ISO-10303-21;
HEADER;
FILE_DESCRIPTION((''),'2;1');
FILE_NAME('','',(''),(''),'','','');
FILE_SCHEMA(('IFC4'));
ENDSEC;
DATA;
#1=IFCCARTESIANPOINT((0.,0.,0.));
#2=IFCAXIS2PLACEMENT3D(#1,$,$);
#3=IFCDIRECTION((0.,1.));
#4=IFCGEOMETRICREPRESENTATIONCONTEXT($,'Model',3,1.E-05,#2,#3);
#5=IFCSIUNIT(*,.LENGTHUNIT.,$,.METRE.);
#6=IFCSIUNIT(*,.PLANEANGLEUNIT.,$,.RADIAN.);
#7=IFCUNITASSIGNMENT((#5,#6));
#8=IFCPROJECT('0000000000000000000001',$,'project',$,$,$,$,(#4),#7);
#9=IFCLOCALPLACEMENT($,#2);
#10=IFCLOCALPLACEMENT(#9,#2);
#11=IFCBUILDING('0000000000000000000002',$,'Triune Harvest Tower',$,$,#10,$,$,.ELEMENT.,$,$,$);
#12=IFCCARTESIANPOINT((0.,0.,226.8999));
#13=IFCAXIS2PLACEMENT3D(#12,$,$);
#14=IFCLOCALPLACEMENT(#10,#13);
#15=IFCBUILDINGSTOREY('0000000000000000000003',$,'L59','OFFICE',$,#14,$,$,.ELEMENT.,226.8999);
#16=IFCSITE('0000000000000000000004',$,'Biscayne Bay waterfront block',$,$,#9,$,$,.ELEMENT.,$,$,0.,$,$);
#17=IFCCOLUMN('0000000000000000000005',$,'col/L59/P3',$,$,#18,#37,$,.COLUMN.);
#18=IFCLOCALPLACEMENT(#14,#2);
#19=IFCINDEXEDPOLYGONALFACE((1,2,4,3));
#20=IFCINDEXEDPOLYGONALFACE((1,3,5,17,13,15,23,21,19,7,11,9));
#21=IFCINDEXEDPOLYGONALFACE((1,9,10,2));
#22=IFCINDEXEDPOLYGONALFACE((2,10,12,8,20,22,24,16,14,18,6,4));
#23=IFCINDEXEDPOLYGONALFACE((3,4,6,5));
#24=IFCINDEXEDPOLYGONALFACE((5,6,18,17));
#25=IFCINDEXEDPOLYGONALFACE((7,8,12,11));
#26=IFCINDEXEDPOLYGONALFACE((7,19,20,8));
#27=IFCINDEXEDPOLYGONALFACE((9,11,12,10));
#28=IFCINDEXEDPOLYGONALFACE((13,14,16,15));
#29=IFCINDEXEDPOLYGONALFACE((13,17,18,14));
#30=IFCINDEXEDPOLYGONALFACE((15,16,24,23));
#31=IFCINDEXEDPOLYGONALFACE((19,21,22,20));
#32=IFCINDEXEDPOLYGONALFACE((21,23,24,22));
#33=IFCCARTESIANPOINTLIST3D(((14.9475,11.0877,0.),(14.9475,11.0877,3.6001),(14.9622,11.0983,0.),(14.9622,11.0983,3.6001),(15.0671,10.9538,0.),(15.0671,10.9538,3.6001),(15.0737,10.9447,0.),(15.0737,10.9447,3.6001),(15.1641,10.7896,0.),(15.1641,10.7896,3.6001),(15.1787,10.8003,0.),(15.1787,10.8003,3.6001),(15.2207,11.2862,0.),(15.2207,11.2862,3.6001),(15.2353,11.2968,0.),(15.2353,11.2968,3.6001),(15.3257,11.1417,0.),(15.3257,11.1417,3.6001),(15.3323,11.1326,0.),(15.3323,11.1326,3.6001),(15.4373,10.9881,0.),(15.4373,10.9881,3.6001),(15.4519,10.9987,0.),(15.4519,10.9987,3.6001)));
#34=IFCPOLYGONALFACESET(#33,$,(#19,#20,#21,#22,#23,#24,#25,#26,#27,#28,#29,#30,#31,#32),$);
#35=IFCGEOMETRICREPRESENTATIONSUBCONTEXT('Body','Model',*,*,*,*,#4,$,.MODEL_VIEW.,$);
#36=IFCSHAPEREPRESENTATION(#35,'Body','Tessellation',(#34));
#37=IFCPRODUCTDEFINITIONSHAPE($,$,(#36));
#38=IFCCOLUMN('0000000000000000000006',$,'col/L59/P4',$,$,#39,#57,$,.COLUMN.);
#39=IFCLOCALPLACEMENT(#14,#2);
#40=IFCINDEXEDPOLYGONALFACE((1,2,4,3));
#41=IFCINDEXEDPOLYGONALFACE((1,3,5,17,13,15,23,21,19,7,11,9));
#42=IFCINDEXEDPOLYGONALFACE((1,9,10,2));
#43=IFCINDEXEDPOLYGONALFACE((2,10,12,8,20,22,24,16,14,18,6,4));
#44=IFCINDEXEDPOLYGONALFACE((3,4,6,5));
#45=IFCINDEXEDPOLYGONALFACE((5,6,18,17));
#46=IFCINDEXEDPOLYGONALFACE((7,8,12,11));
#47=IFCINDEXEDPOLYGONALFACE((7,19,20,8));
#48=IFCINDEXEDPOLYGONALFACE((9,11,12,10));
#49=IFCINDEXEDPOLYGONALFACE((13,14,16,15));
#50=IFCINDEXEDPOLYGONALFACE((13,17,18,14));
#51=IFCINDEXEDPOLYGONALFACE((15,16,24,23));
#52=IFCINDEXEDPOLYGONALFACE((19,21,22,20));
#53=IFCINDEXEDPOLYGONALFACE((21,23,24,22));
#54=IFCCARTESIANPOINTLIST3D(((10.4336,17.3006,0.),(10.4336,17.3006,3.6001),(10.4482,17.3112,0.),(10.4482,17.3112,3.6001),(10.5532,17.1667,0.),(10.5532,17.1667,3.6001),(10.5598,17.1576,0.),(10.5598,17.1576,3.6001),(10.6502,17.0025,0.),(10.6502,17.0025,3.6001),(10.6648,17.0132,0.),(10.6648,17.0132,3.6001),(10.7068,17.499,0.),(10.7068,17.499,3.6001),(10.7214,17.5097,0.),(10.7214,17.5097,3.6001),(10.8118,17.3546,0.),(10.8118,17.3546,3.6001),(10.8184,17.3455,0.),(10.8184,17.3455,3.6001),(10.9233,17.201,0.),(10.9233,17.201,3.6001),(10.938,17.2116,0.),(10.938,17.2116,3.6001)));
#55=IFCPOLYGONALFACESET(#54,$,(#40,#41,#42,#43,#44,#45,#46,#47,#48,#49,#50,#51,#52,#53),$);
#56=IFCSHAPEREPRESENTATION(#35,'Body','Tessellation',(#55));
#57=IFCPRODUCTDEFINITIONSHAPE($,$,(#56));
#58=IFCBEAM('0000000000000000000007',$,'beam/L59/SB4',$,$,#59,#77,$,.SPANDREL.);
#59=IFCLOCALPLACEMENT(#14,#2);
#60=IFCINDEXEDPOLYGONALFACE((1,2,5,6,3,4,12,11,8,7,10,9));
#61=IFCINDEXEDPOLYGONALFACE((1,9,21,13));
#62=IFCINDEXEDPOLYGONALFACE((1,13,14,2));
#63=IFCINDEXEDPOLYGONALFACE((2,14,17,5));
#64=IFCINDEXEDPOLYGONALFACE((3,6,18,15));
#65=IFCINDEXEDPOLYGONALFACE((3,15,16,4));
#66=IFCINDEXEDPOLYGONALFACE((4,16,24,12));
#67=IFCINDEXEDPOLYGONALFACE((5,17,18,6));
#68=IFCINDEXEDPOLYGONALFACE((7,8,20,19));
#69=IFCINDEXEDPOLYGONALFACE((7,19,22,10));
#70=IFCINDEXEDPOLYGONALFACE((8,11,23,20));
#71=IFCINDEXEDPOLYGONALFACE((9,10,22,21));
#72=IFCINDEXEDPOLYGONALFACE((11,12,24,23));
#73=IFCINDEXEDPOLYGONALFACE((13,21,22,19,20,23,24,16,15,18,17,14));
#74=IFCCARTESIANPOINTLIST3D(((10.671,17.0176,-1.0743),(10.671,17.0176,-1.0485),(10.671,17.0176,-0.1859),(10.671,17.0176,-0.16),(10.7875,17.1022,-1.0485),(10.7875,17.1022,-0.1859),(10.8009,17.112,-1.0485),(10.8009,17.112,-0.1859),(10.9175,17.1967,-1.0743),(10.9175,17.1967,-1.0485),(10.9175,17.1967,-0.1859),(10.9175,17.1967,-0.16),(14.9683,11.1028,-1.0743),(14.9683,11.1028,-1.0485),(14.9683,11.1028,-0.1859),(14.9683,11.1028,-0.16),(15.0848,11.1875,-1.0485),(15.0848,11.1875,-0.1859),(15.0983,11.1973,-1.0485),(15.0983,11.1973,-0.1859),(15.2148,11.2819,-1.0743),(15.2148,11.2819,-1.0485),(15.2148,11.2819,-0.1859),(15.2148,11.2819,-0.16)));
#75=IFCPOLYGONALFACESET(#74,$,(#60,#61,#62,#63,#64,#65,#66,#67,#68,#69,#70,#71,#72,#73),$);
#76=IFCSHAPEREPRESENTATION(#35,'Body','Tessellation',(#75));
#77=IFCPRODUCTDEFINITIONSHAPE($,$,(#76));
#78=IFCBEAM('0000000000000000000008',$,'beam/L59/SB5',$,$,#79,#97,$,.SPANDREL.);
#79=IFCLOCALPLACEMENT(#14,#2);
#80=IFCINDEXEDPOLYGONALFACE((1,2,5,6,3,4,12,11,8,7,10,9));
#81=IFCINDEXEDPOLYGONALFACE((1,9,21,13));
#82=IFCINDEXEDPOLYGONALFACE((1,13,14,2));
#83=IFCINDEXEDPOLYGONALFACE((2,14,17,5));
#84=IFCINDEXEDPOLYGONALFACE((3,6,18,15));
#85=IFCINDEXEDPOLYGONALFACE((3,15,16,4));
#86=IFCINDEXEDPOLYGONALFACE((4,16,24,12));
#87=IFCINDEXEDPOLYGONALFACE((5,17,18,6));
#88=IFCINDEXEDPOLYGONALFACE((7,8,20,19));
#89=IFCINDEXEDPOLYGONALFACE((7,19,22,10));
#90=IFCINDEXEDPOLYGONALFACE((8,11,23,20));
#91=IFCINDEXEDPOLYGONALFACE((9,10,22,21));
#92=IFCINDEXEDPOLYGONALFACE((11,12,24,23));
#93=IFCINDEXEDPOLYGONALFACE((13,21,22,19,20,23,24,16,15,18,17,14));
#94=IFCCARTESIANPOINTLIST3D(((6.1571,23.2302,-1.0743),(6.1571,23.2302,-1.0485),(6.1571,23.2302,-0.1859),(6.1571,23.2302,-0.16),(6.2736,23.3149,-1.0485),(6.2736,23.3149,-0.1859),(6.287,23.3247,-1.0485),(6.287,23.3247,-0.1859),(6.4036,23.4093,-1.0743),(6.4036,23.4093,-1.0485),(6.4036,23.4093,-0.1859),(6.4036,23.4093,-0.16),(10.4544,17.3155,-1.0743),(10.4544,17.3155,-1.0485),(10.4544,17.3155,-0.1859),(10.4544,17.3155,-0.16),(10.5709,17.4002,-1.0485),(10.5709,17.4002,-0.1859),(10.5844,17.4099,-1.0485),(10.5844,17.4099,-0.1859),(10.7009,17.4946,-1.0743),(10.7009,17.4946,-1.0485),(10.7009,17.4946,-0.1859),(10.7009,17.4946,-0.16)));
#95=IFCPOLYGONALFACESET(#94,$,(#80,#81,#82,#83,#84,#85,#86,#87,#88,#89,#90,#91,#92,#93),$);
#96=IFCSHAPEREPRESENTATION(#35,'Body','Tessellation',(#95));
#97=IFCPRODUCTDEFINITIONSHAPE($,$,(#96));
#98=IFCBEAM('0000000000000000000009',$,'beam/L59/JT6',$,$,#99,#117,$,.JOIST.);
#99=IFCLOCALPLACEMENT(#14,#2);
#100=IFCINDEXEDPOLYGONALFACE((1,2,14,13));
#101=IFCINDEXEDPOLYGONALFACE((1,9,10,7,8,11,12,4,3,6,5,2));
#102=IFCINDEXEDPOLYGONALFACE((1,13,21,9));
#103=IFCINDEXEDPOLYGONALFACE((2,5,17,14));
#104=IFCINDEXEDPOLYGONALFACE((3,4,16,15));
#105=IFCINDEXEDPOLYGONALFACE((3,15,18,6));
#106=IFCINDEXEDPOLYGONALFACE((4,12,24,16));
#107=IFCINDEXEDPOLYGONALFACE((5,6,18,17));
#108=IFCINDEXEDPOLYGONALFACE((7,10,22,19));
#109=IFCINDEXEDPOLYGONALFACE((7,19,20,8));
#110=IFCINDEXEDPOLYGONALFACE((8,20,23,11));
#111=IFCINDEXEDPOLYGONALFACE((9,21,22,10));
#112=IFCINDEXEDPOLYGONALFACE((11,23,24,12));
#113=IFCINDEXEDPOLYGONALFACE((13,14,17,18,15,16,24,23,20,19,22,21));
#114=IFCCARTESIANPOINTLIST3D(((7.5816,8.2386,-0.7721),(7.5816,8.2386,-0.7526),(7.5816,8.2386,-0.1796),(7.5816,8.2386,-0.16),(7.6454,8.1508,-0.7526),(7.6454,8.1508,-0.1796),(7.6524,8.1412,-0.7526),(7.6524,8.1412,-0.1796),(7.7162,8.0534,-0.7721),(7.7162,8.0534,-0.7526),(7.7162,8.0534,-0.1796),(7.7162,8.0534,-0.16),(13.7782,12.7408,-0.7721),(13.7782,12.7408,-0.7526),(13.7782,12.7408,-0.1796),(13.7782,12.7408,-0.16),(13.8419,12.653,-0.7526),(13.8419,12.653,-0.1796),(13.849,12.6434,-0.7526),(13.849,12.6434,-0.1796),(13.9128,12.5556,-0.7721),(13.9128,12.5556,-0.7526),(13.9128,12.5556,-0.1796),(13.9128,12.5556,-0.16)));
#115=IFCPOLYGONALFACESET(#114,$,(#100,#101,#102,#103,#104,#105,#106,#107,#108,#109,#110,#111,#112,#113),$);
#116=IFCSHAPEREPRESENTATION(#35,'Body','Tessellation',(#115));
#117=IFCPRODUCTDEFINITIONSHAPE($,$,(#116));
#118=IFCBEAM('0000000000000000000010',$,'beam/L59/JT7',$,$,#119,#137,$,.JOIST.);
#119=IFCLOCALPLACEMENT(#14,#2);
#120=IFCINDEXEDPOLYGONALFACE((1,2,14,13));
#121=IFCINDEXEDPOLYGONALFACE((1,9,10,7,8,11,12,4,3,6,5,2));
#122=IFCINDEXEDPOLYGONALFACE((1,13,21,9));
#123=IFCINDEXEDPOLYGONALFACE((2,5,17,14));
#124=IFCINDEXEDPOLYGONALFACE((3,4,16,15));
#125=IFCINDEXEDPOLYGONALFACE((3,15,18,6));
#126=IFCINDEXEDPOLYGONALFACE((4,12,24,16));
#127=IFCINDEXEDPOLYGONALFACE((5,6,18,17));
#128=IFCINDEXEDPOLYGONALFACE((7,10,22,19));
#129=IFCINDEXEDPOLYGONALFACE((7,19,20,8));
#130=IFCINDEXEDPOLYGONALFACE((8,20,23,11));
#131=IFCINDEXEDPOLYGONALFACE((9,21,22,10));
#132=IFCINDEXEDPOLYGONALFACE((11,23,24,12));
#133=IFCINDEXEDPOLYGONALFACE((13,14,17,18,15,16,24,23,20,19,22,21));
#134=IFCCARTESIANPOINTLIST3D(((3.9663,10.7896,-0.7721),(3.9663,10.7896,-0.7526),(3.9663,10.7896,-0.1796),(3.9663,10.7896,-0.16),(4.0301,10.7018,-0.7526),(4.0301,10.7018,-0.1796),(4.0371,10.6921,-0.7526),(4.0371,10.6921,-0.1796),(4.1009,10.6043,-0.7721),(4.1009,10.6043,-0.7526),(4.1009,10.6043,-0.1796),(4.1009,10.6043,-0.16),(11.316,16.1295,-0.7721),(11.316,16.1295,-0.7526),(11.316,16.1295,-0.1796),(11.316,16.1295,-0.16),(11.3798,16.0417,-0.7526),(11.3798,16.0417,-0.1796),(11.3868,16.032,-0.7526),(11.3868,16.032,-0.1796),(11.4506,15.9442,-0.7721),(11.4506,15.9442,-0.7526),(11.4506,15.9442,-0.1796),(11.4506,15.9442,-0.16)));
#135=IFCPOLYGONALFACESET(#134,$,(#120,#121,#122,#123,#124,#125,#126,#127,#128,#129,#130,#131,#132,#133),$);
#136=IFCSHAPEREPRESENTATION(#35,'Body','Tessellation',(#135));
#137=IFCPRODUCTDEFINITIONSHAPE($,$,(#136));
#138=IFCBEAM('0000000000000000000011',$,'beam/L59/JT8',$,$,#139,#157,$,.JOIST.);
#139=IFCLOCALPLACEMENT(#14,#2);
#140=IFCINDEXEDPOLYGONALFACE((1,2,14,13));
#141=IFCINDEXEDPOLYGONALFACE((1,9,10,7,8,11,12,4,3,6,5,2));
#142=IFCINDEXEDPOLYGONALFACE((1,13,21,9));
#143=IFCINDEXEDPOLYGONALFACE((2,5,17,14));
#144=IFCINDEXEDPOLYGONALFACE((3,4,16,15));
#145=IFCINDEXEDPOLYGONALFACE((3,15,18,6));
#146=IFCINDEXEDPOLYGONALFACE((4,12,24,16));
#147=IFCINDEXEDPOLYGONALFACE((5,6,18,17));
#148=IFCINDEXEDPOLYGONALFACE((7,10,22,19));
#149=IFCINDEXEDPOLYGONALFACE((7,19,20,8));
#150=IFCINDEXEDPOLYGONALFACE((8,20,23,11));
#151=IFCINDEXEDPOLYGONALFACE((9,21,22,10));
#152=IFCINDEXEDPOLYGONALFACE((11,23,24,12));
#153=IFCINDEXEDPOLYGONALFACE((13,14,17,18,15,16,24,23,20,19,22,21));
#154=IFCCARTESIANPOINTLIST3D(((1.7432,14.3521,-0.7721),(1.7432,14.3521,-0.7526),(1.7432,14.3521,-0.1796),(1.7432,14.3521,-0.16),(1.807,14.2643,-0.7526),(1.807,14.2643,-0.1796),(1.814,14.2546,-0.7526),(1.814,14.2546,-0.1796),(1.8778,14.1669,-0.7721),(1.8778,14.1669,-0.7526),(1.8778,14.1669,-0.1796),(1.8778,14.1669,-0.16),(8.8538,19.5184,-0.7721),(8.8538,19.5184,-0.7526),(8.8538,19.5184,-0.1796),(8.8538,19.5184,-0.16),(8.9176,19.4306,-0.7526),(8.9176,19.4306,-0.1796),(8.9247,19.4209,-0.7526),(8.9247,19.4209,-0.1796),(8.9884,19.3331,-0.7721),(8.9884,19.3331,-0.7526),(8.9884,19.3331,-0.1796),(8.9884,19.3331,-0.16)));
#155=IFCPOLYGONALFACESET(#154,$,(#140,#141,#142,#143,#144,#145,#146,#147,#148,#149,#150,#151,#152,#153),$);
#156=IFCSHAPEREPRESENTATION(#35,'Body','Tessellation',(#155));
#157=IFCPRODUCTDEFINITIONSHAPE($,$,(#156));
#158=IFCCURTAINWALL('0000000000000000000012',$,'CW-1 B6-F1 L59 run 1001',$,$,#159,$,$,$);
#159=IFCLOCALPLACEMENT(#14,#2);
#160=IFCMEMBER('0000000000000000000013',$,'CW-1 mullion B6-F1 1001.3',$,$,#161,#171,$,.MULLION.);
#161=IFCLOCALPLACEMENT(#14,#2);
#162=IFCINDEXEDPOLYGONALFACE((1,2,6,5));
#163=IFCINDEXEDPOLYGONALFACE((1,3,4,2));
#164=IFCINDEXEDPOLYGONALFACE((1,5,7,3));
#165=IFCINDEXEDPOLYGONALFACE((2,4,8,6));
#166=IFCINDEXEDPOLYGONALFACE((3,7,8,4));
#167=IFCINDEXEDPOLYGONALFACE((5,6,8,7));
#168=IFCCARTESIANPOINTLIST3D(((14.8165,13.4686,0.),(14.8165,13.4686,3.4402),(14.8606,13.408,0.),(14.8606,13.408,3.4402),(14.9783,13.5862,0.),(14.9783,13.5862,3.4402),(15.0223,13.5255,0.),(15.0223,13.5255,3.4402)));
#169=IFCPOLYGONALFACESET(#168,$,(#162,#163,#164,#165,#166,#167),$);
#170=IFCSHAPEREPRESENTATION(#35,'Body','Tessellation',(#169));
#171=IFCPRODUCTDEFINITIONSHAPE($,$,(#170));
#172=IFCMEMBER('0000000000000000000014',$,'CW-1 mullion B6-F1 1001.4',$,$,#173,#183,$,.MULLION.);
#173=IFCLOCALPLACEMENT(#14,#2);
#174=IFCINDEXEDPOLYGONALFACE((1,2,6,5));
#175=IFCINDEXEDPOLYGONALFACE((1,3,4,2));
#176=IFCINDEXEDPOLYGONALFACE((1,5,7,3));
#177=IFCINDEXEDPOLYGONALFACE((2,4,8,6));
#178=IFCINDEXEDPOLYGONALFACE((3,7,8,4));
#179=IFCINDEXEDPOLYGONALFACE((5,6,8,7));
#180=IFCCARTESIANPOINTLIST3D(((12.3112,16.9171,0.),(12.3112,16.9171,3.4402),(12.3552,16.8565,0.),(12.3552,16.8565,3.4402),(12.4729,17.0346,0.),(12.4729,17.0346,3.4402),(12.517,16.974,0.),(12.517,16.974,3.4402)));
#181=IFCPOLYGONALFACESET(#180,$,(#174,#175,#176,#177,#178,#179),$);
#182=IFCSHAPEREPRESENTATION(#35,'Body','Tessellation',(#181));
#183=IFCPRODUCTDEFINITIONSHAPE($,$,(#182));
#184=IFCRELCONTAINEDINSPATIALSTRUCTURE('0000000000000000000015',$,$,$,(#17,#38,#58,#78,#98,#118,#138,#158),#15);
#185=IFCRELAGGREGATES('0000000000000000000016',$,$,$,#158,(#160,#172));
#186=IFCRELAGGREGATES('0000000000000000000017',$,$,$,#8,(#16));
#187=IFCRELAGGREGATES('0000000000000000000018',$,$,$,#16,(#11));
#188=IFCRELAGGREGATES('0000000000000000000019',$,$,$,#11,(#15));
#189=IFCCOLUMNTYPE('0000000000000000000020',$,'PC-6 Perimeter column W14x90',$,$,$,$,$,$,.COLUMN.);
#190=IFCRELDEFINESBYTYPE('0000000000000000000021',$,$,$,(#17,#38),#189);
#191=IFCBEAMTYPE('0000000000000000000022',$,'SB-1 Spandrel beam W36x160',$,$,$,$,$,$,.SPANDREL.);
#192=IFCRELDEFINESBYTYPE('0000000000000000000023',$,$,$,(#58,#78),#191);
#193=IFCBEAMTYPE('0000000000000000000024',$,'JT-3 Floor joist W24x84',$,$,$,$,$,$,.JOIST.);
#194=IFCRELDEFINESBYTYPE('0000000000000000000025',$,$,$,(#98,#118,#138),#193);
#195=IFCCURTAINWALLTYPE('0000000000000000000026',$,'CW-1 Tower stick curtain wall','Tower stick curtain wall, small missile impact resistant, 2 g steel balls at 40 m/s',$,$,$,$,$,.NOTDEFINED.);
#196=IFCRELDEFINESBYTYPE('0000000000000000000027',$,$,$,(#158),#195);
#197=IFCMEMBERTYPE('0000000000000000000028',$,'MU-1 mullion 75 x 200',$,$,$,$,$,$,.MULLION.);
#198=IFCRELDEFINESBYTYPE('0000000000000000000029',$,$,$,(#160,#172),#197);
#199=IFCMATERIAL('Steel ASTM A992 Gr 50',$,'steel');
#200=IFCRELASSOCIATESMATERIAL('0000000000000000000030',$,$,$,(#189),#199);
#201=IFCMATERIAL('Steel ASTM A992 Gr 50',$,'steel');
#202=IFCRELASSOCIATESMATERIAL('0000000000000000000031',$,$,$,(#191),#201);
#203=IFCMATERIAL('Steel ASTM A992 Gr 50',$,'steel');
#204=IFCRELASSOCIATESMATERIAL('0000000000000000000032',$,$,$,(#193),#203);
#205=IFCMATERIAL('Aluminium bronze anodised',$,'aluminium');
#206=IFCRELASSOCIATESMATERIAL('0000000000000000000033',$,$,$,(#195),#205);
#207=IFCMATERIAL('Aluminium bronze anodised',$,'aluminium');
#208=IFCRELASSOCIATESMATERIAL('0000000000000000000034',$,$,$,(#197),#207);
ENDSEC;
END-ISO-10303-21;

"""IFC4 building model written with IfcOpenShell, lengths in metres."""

from ifc_helpers import new_model, si_unit, direction, frame, origin, origin_2d, place, context, subcontext, project, spatial, rectangle, i_section, extrude, source, transform, mapped, material, material_profile, profile_set, type_object, element, aggregate, save


model = new_model("IFC4")

# Units and contexts
model_context = context("Model", 3, precision=1e-05, world=origin(), true_north=direction((0.0, 1.0)))
body_context = subcontext(model_context, "Body", "Model", "MODEL_VIEW")
ifc_project = project(units=[si_unit("LENGTHUNIT", "METRE"), si_unit("PLANEANGLEUNIT", "RADIAN")], contexts=[model_context])

# Site, building, storey
site_placement = place(None, origin())
site = spatial("IfcSite", under=ifc_project, at=site_placement, Name="Biscayne Bay waterfront block", CompositionType="ELEMENT", RefElevation=0.0)
building_placement = place(site_placement, origin())
building = spatial("IfcBuilding", under=site, at=building_placement, Name="Triune Harvest Tower", CompositionType="ELEMENT")
storey_placement = place(building_placement, frame((0.0, 0.0, 226.8999)))
storey = spatial("IfcBuildingStorey", under=building, at=storey_placement, Name="L59", Description="OFFICE", CompositionType="ELEMENT", Elevation=226.8999)

# Columns
ifc_material_1 = material(Name="Steel ASTM A992 Gr 50", Category="steel")
ifc_material_profile_1 = material_profile(ifc_material_1, i_section(OverallWidth=0.3684, OverallDepth=0.3557, WebThickness=0.0112, FlangeThickness=0.0181, at=origin_2d()), Name="W14x90")
ifc_profile_set_1 = profile_set([ifc_material_profile_1], Name="Steel ASTM A992 Gr 50")
column_type = type_object("IfcColumnType", Name="PC-6 Perimeter column W14x90", PredefinedType="COLUMN", material=ifc_profile_set_1)
shared_shape_1 = source(origin(), body_context, "Body", "SweptSolid", [
    extrude(i_section(OverallWidth=0.3684, OverallDepth=0.3557, WebThickness=0.0112, FlangeThickness=0.0181, at=origin_2d()), origin(), (0.0, 0.0, 1.0), 3.6001),
])
for number, where, z_axis, x_axis, name in (
    (1, (15.1997, 11.0432, 0.0), (0.0, 0.0, 1.0), (-0.587785, 0.809017, 0.0), "col/L59/P3"),
    (2, (10.6858, 17.2561, 0.0), (0.0, 0.0, 1.0), (-0.587785, 0.809017, 0.0), "col/L59/P4"),
):
    element("IfcColumn", number, at=place(storey_placement, frame(where, z_axis=z_axis, x_axis=x_axis)), inside=storey, type_object=column_type, Name=name, PredefinedType="COLUMN", context=body_context, shape_type="MappedRepresentation", body=[
        mapped(shared_shape_1, transform((0.0, 0.0, 0.0), scale=1.0)),
    ])

# Beams
ifc_material_2 = material(Name="Steel ASTM A992 Gr 50", Category="steel")
ifc_material_profile_2 = material_profile(ifc_material_2, i_section(OverallWidth=0.3047, OverallDepth=0.9143, WebThickness=0.0166, FlangeThickness=0.0259, at=origin_2d()), Name="W36x160")
ifc_profile_set_2 = profile_set([ifc_material_profile_2], Name="Steel ASTM A992 Gr 50")
beam_type_1 = type_object("IfcBeamType", Name="SB-1 Spandrel beam W36x160", PredefinedType="SPANDREL", material=ifc_profile_set_2)
shared_shape_2 = source(origin(), body_context, "Body", "SweptSolid", [
    extrude(i_section(OverallWidth=0.3047, OverallDepth=0.9143, WebThickness=0.0166, FlangeThickness=0.0259, at=origin_2d()), origin(), (0.0, 0.0, 1.0), 7.311),
])
for number, where, z_axis, x_axis, name in (
    (3, (15.0916, 11.1924, -0.6172), (-0.587786, 0.809016, 0.0), (-0.809016, -0.587786, 0.0), "beam/L59/SB4"),
    (4, (10.5776, 17.405, -0.6172), (-0.587786, 0.809016, 0.0), (-0.809016, -0.587786, 0.0), "beam/L59/SB5"),
):
    element("IfcBeam", number, at=place(storey_placement, frame(where, z_axis=z_axis, x_axis=x_axis)), inside=storey, type_object=beam_type_1, Name=name, PredefinedType="SPANDREL", context=body_context, shape_type="MappedRepresentation", body=[
        mapped(shared_shape_2, transform((0.0, 0.0, 0.0), scale=1.0)),
    ])
ifc_material_3 = material(Name="Steel ASTM A992 Gr 50", Category="steel")
ifc_material_profile_3 = material_profile(ifc_material_3, i_section(OverallWidth=0.229, OverallDepth=0.6121, WebThickness=0.012, FlangeThickness=0.0195, at=origin_2d()), Name="W24x84")
ifc_profile_set_3 = profile_set([ifc_material_profile_3], Name="Steel ASTM A992 Gr 50")
beam_type_2 = type_object("IfcBeamType", Name="JT-3 Floor joist W24x84", PredefinedType="JOIST", material=ifc_profile_set_3)
shared_shape_3 = source(origin(), body_context, "Body", "SweptSolid", [
    extrude(i_section(OverallWidth=0.229, OverallDepth=0.6121, WebThickness=0.012, FlangeThickness=0.0195, at=origin_2d()), origin(), (0.0, 0.0, 1.0), 7.6594),
])
beam_1_placement = place(storey_placement, frame((13.8455, 12.6482, -0.4661), z_axis=(-0.809008, -0.587798, 0.0), x_axis=(0.587798, -0.809008, 0.0)))
element("IfcBeam", 5, at=beam_1_placement, inside=storey, type_object=beam_type_2, Name="beam/L59/JT6", PredefinedType="JOIST", context=body_context, shape_type="MappedRepresentation", body=[
    mapped(shared_shape_3, transform((0.0, 0.0, 0.0), scale=1.0)),
])
shared_shape_4 = source(origin(), body_context, "Body", "SweptSolid", [
    extrude(i_section(OverallWidth=0.229, OverallDepth=0.6121, WebThickness=0.012, FlangeThickness=0.0195, at=origin_2d()), origin(), (0.0, 0.0, 1.0), 9.0847),
])
beam_2_placement = place(storey_placement, frame((11.3833, 16.0369, -0.4661), z_axis=(-0.809015, -0.587788, 0.0), x_axis=(0.587788, -0.809015, 0.0)))
element("IfcBeam", 6, at=beam_2_placement, inside=storey, type_object=beam_type_2, Name="beam/L59/JT7", PredefinedType="JOIST", context=body_context, shape_type="MappedRepresentation", body=[
    mapped(shared_shape_4, transform((0.0, 0.0, 0.0), scale=1.0)),
])
shared_shape_5 = source(origin(), body_context, "Body", "SweptSolid", [
    extrude(i_section(OverallWidth=0.229, OverallDepth=0.6121, WebThickness=0.012, FlangeThickness=0.0195, at=origin_2d()), origin(), (0.0, 0.0, 1.0), 8.7893),
])
beam_3_placement = place(storey_placement, frame((8.9211, 19.4258, -0.4661), z_axis=(-0.809011, -0.587793, 0.0), x_axis=(0.587793, -0.809011, 0.0)))
element("IfcBeam", 7, at=beam_3_placement, inside=storey, type_object=beam_type_2, Name="beam/L59/JT8", PredefinedType="JOIST", context=body_context, shape_type="MappedRepresentation", body=[
    mapped(shared_shape_5, transform((0.0, 0.0, 0.0), scale=1.0)),
])

# Curtain wall, members
ifc_material_4 = material(Name="Aluminium bronze anodised", Category="aluminium")
curtain_wall_type_1 = type_object("IfcCurtainWallType", Name="CW-1 Tower stick curtain wall", Description="Tower stick curtain wall, small missile impact resistant, 2 g steel balls at 40 m/s", PredefinedType="NOTDEFINED", material=ifc_material_4)
curtain_wall_1_placement = place(storey_placement, origin())
curtain_wall_1 = element("IfcCurtainWall", 8, at=curtain_wall_1_placement, inside=storey, type_object=curtain_wall_type_1, Name="CW-1 B6-F1 L59 run 1001")
ifc_material_5 = material(Name="Aluminium bronze anodised", Category="aluminium")
ifc_material_profile_4 = material_profile(ifc_material_5, rectangle(XDim=0.2, YDim=0.075, at=origin_2d()), Name="MU-1 mullion 75 x 200")
ifc_profile_set_4 = profile_set([ifc_material_profile_4], Name="Aluminium bronze anodised")
member_type_1 = type_object("IfcMemberType", Name="MU-1 mullion 75 x 200", PredefinedType="MULLION", material=ifc_profile_set_4)
shared_shape_6 = source(origin(), body_context, "Body", "SweptSolid", [
    extrude(rectangle(XDim=0.2, YDim=0.075, at=origin_2d()), origin(), (0.0, 0.0, 1.0), 3.4402),
])
member_1_placement = place(storey_placement, frame((14.9194, 13.4971, 0.0), z_axis=(0.0, 0.0, 1.0), x_axis=(-0.809018, -0.587784, 0.0)))
member_1 = element("IfcMember", 9, at=member_1_placement, type_object=member_type_1, Name="CW-1 mullion B6-F1 1001.3", PredefinedType="MULLION", context=body_context, shape_type="MappedRepresentation", body=[
    mapped(shared_shape_6, transform((0.0, 0.0, 0.0), scale=1.0)),
])
member_2_placement = place(storey_placement, frame((12.4141, 16.9456, 0.0), z_axis=(0.0, 0.0, 1.0), x_axis=(-0.809018, -0.587784, 0.0)))
member_2 = element("IfcMember", 10, at=member_2_placement, type_object=member_type_1, Name="CW-1 mullion B6-F1 1001.4", PredefinedType="MULLION", context=body_context, shape_type="MappedRepresentation", body=[
    mapped(shared_shape_6, transform((0.0, 0.0, 0.0), scale=1.0)),
])

aggregate(curtain_wall_1, [member_1, member_2])

save(model, "model.ifc")
